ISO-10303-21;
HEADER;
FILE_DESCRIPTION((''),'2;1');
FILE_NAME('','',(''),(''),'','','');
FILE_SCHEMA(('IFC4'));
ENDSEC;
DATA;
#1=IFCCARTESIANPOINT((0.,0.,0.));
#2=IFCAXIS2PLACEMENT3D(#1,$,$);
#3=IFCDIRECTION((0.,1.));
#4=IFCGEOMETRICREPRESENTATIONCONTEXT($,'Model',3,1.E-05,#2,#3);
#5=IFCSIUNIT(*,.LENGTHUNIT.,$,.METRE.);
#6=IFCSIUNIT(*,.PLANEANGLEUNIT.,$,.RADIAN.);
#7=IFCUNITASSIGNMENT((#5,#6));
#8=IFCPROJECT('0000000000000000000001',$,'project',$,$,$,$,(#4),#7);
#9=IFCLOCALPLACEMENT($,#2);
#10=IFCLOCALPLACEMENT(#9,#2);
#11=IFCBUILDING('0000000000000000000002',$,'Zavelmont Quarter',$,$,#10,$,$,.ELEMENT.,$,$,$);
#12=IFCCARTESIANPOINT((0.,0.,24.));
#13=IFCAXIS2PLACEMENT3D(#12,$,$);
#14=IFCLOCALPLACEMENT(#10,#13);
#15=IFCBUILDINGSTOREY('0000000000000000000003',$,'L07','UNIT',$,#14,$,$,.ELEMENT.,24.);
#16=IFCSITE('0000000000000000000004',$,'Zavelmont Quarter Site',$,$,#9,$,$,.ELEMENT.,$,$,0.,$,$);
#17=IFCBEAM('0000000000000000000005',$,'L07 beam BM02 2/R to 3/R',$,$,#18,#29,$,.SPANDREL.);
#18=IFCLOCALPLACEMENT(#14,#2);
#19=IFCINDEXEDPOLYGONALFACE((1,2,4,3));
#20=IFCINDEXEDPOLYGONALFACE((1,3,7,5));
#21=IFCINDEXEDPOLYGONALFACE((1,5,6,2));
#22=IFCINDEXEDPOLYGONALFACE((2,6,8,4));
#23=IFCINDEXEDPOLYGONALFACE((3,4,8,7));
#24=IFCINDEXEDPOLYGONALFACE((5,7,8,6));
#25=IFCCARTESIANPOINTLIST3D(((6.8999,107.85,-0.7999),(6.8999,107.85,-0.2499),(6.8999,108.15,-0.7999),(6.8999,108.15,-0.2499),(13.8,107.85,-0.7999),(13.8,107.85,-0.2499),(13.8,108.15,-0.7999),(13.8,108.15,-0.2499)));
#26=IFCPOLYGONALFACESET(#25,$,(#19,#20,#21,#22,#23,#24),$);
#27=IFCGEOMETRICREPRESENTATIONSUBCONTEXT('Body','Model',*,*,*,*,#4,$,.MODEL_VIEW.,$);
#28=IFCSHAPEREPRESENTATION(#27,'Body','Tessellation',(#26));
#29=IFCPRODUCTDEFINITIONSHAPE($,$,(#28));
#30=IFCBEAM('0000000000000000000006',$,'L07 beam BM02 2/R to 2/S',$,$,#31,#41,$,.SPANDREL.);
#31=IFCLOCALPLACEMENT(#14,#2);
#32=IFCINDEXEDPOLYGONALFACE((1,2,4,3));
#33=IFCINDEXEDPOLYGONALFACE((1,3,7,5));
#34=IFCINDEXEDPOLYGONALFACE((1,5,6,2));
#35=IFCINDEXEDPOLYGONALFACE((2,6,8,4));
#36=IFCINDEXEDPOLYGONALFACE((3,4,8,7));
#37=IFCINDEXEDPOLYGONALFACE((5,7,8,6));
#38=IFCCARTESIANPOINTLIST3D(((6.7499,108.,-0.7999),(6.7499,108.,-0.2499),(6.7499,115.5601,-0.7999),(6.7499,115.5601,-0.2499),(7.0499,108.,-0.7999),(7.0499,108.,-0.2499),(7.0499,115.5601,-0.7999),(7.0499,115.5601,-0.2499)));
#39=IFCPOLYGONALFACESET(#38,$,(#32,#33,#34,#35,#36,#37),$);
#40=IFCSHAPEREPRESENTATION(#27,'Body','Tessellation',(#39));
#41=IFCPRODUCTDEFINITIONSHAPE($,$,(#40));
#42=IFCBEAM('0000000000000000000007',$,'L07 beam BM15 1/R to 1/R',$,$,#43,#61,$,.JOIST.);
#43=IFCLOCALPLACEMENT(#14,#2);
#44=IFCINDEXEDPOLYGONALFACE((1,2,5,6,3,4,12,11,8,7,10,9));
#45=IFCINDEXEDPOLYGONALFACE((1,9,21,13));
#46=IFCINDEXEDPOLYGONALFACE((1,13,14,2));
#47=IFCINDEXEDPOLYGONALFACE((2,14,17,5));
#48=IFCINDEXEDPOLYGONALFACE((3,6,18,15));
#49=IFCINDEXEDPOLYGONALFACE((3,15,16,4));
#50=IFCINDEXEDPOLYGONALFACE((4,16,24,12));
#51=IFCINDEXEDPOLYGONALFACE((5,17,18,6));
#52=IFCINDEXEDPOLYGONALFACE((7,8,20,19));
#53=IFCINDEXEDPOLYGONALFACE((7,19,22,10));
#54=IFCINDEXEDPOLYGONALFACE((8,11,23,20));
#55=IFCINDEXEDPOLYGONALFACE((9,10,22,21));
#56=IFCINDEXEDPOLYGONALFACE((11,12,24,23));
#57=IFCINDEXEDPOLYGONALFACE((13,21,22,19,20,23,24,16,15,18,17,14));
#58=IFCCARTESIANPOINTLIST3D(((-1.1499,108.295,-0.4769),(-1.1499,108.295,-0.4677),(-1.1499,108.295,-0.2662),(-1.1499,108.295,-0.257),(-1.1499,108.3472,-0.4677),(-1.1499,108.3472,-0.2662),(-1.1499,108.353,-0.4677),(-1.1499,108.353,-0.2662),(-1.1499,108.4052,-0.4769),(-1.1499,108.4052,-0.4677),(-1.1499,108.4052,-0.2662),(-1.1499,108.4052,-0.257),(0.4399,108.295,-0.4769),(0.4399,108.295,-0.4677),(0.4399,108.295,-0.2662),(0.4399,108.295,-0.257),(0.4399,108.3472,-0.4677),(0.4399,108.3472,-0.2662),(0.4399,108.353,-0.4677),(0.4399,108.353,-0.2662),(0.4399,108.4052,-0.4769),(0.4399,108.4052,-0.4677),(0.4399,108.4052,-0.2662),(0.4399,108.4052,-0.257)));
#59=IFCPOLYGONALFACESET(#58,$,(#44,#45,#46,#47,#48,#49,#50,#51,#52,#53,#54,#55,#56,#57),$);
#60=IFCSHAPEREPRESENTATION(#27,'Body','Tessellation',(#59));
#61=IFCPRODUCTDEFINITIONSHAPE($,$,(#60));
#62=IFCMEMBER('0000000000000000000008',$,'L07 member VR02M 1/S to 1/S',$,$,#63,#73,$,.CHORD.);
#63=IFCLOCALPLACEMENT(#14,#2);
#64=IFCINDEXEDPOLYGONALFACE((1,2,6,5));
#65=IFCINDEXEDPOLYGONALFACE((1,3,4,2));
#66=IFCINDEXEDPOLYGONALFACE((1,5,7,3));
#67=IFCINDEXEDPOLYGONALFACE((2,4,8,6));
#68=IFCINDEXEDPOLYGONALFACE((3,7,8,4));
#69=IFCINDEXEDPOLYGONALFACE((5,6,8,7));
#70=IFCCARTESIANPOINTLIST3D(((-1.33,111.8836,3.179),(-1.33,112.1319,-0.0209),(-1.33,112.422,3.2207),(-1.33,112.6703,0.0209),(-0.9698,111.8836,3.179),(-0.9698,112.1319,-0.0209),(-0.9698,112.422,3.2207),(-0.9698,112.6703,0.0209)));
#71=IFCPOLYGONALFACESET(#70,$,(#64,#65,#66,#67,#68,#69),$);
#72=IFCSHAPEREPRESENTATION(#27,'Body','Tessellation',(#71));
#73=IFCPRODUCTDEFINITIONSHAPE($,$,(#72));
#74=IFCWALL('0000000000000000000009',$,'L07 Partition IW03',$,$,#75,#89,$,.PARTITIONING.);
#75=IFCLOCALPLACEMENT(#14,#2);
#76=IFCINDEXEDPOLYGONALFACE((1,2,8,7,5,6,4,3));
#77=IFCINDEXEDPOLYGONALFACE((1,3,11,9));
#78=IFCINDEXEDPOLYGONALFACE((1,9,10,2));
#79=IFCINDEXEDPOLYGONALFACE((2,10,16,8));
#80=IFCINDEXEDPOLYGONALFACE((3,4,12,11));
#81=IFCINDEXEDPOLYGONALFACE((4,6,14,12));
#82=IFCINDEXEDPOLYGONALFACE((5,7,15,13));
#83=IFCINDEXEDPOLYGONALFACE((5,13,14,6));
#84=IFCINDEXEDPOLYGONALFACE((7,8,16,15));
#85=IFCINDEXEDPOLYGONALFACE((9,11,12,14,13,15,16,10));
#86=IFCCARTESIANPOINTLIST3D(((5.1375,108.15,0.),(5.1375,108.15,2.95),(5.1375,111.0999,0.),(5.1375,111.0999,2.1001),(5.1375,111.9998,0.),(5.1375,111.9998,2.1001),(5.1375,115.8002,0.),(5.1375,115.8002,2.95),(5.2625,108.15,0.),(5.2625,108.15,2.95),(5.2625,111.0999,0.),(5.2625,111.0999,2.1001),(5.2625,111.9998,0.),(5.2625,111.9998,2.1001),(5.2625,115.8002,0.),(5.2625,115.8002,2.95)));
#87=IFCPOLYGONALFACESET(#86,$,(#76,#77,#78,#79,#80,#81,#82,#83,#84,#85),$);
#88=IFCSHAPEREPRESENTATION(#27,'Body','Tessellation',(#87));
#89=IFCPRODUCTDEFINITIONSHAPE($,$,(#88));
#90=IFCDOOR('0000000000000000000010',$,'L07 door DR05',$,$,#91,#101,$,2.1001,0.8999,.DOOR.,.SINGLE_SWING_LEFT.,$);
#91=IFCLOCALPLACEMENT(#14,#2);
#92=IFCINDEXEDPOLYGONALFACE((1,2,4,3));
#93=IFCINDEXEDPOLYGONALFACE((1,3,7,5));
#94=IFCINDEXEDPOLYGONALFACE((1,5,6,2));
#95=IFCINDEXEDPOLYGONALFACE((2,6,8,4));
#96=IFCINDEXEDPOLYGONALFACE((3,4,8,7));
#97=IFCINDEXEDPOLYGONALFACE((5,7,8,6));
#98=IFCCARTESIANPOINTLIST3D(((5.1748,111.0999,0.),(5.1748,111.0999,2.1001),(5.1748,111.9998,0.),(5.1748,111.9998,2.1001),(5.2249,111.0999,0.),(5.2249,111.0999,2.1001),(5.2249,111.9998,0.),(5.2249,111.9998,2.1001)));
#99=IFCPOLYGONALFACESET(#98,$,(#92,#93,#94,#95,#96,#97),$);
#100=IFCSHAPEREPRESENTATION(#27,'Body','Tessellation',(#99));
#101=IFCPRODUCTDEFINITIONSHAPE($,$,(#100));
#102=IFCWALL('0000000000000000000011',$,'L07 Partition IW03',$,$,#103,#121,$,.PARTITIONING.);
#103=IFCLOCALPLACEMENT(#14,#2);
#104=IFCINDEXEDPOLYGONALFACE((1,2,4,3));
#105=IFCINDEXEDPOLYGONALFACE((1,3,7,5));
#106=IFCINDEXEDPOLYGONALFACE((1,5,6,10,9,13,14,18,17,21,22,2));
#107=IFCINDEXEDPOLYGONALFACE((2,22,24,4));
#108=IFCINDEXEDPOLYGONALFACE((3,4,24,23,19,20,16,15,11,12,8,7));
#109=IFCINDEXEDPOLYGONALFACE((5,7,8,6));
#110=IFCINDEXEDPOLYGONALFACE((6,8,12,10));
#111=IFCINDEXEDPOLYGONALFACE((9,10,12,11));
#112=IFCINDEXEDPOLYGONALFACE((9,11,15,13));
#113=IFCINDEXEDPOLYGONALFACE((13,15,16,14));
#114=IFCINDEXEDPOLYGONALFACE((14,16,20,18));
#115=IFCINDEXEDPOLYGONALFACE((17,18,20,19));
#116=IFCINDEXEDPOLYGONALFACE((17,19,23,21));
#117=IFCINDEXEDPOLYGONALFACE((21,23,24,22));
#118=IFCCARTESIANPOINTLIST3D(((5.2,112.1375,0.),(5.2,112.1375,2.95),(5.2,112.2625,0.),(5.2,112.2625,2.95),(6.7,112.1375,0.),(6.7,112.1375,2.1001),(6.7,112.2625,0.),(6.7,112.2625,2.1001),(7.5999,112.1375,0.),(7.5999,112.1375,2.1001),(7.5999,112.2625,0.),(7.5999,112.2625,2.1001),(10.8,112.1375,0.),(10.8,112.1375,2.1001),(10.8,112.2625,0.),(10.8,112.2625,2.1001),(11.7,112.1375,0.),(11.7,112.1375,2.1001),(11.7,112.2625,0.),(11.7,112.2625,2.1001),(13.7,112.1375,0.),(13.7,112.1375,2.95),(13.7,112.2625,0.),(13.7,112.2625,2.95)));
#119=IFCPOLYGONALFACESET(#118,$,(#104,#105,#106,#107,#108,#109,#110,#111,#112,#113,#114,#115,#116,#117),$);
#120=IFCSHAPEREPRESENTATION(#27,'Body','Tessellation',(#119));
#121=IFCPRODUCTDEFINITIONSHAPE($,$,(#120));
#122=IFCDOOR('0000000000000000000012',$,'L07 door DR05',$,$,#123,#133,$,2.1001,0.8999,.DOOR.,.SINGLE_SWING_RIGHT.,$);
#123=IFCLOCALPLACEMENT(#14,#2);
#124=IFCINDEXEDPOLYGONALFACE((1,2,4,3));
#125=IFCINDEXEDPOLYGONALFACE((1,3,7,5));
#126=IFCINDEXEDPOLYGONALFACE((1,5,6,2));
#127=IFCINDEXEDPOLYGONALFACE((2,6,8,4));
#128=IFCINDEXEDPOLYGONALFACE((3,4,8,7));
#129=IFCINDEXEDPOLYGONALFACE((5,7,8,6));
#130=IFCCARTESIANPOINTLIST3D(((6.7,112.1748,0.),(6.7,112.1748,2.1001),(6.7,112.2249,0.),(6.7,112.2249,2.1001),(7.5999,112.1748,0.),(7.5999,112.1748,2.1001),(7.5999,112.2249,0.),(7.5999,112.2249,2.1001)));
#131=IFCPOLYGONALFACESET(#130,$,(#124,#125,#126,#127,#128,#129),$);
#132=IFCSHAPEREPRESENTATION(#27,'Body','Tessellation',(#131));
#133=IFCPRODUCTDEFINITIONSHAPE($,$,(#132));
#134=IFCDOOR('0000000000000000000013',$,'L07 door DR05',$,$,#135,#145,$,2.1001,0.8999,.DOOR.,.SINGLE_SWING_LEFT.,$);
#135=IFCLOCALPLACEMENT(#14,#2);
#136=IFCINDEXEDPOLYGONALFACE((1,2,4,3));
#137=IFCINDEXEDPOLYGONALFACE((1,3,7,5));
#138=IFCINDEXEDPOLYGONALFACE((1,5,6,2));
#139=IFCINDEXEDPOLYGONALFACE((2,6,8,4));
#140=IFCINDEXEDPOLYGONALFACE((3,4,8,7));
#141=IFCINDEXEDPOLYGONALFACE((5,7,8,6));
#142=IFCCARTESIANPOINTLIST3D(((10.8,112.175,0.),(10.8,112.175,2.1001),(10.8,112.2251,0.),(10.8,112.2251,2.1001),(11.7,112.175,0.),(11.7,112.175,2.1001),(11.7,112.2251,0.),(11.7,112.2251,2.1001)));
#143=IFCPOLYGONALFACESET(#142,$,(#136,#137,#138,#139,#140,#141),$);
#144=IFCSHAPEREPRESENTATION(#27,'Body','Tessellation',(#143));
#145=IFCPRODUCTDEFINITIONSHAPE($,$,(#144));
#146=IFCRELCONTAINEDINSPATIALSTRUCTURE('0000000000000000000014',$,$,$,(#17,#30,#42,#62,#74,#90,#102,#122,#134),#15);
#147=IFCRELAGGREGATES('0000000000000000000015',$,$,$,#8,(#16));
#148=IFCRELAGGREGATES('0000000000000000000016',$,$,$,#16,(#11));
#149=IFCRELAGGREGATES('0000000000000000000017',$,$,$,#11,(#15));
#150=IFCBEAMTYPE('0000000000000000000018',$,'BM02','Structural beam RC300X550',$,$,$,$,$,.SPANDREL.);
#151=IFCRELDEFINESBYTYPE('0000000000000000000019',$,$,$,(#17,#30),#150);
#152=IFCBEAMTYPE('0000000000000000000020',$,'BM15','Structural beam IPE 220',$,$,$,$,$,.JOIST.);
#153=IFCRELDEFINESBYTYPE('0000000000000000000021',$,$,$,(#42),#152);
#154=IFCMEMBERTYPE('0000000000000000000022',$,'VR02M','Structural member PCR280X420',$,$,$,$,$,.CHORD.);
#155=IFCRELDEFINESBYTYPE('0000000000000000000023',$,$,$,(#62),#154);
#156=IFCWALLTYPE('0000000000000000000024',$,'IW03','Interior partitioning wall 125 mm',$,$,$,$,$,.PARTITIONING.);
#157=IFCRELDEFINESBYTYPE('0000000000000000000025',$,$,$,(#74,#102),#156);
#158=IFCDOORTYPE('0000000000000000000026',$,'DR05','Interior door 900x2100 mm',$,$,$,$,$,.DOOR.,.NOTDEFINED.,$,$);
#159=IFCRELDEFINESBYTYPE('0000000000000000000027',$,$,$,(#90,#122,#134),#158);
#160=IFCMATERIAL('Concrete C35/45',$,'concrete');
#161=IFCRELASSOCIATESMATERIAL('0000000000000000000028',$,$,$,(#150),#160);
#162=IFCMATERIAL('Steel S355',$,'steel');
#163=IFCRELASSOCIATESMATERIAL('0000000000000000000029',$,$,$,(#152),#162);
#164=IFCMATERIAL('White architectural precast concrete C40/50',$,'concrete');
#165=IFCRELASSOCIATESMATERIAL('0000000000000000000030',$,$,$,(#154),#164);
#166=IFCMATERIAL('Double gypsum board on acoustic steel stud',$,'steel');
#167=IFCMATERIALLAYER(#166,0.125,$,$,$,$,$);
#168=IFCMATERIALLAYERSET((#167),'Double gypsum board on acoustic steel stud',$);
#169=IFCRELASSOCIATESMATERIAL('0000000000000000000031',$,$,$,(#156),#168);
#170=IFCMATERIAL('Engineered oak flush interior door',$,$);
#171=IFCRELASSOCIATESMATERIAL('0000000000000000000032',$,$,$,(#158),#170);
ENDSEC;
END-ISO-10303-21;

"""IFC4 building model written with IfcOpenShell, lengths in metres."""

from ifc_helpers import new_model, si_unit, direction, frame, frame_2d, origin, origin_with_axes, origin_2d, place, context, subcontext, project, spatial, rectangle, i_section, extrude, material, layer, layer_set, material_profile, profile_set, type_object, element, fill, save


model = new_model("IFC4")

# Units and contexts
model_context = context("Model", 3, precision=1e-05, world=origin(), true_north=direction((0.0, 1.0)))
body_context = subcontext(model_context, "Body", "Model", "MODEL_VIEW")
ifc_project = project(units=[si_unit("LENGTHUNIT", "METRE"), si_unit("PLANEANGLEUNIT", "RADIAN")], contexts=[model_context])

# Site, building, storey
site_placement = place(None, origin())
site = spatial("IfcSite", under=ifc_project, at=site_placement, Name="Zavelmont Quarter Site", CompositionType="ELEMENT", RefElevation=0.0)
building_placement = place(site_placement, origin())
building = spatial("IfcBuilding", under=site, at=building_placement, Name="Zavelmont Quarter", CompositionType="ELEMENT")
storey_placement = place(building_placement, frame((0.0, 0.0, 24.0)))
storey = spatial("IfcBuildingStorey", under=building, at=storey_placement, Name="L07", Description="UNIT", CompositionType="ELEMENT", Elevation=24.0)

# Beams
ifc_material_1 = material(Name="Concrete C35/45", Category="concrete")
ifc_material_profile_1 = material_profile(ifc_material_1, rectangle(XDim=0.3, YDim=0.55, at=origin_2d()), Name="RC300X550")
ifc_profile_set_1 = profile_set([ifc_material_profile_1], Name="Concrete C35/45")
beam_type_1 = type_object("IfcBeamType", Name="BM02", Description="Structural beam RC300X550", PredefinedType="SPANDREL", material=ifc_profile_set_1)
beam_1_placement = place(storey_placement, frame((6.8999, 108.0, -0.5249), z_axis=(1.0, 0.0, 0.0), x_axis=(0.0, 1.0, 0.0)))
element("IfcBeam", 1, at=beam_1_placement, inside=storey, type_object=beam_type_1, Name="L07 beam BM02 2/R to 3/R", PredefinedType="SPANDREL", context=body_context, shape_type="SweptSolid", body=[
    extrude(rectangle(XDim=0.3, YDim=0.55, at=origin_2d()), origin(), (0.0, 0.0, 1.0), 6.9001),
])
beam_2_placement = place(storey_placement, frame((6.8999, 108.0, -0.5249), z_axis=(0.0, 1.0, 0.0), x_axis=(-1.0, 0.0, 0.0)))
element("IfcBeam", 2, at=beam_2_placement, inside=storey, type_object=beam_type_1, Name="L07 beam BM02 2/R to 2/S", PredefinedType="SPANDREL", context=body_context, shape_type="SweptSolid", body=[
    extrude(rectangle(XDim=0.3, YDim=0.55, at=origin_2d()), origin(), (0.0, 0.0, 1.0), 7.5601),
])
ifc_material_2 = material(Name="Steel S355", Category="steel")
ifc_material_profile_2 = material_profile(ifc_material_2, i_section(OverallWidth=0.1101, OverallDepth=0.22, WebThickness=0.0059, FlangeThickness=0.0093, at=origin_2d()), Name="IPE 220")
ifc_profile_set_2 = profile_set([ifc_material_profile_2], Name="Steel S355")
beam_type_2 = type_object("IfcBeamType", Name="BM15", Description="Structural beam IPE 220", PredefinedType="JOIST", material=ifc_profile_set_2)
beam_3_placement = place(storey_placement, frame((0.4399, 108.3501, -0.3669), z_axis=(-1.0, 0.0, 0.0), x_axis=(0.0, -1.0, 0.0)))
element("IfcBeam", 3, at=beam_3_placement, inside=storey, type_object=beam_type_2, Name="L07 beam BM15 1/R to 1/R", PredefinedType="JOIST", context=body_context, shape_type="SweptSolid", body=[
    extrude(i_section(OverallWidth=0.1101, OverallDepth=0.22, WebThickness=0.0059, FlangeThickness=0.0093, at=origin_2d()), origin(), (0.0, 0.0, 1.0), 1.5898),
])

# Member
ifc_material_3 = material(Name="White architectural precast concrete C40/50", Category="concrete")
ifc_material_profile_3 = material_profile(ifc_material_3, rectangle(XDim=0.3601, YDim=0.54, at=origin_2d()), Name="PCR280X420")
ifc_profile_set_3 = profile_set([ifc_material_profile_3], Name="White architectural precast concrete C40/50")
member_type = type_object("IfcMemberType", Name="VR02M", Description="Structural member PCR280X420", PredefinedType="CHORD", material=ifc_profile_set_3)
member_placement = place(storey_placement, frame((-1.1499, 112.4011, 0.0), z_axis=(0.0, -0.07736, 0.997003), x_axis=(1.0, 0.0, 0.0)))
element("IfcMember", 4, at=member_placement, inside=storey, type_object=member_type, Name="L07 member VR02M 1/S to 1/S", PredefinedType="CHORD", context=body_context, shape_type="SweptSolid", body=[
    extrude(rectangle(XDim=0.3601, YDim=0.54, at=origin_2d()), origin(), (0.0, 0.0, 1.0), 3.2095),
])

# Wall, opening, door
ifc_material_4 = material(Name="Double gypsum board on acoustic steel stud", Category="steel")
ifc_layer_1 = layer(ifc_material_4, 0.125)
ifc_layer_set_1 = layer_set([ifc_layer_1], Name="Double gypsum board on acoustic steel stud")
wall_type_1 = type_object("IfcWallType", Name="IW03", Description="Interior partitioning wall 125 mm", PredefinedType="PARTITIONING", material=ifc_layer_set_1)
wall_1_placement = place(storey_placement, frame((5.2, 108.1499, 0.0), z_axis=(0.0, 0.0, 1.0), x_axis=(0.0, 1.0, 0.0)))
wall_1 = element("IfcWall", 5, at=wall_1_placement, inside=storey, type_object=wall_type_1, Name="L07 Partition IW03", PredefinedType="PARTITIONING", context=body_context, shape_type="SweptSolid", body=[
    extrude(rectangle(XDim=7.6501, YDim=0.125, at=frame_2d((3.8252, 0.0))), origin(), (0.0, 0.0, 1.0), 2.95),
])
opening_1_placement = place(wall_1_placement, frame((2.95, 0.0, 0.0)))
opening_1 = element("IfcOpeningElement", 6, at=opening_1_placement, cuts=wall_1, PredefinedType="OPENING", context=body_context, shape_type="SweptSolid", body=[
    extrude(rectangle(XDim=0.8999, YDim=2.1001, at=frame_2d((0.45, 1.05))), frame((0.0, 0.0745, 0.0), z_axis=(0.0, -1.0, 0.0), x_axis=(1.0, 0.0, 0.0)), (0.0, 0.0, 1.0), 0.1489),
])
ifc_material_5 = material(Name="Engineered oak flush interior door")
door_type_1 = type_object("IfcDoorType", Name="DR05", Description="Interior door 900x2100 mm", OperationType="NOTDEFINED", PredefinedType="DOOR", material=ifc_material_5)
door_1_placement = place(opening_1_placement, frame((0.8999, 0.0, 0.0), z_axis=(0.0, 0.0, 1.0), x_axis=(-1.0, 0.0, 0.0)))
door_1 = element("IfcDoor", 7, at=door_1_placement, inside=storey, type_object=door_type_1, Name="L07 door DR05", OperationType="SINGLE_SWING_LEFT", OverallHeight=2.1001, OverallWidth=0.8999, PredefinedType="DOOR", context=body_context, shape_type="SweptSolid", body=[
    extrude(rectangle(XDim=0.8999, YDim=2.1001, at=frame_2d((0.45, 1.05))), frame((0.0, 0.0249, 0.0), z_axis=(0.0, -1.0, 0.0), x_axis=(1.0, 0.0, 0.0)), (0.0, 0.0, 1.0), 0.05),
])
fill(opening_1, door_1)

# Wall, openings, doors
wall_2_placement = place(storey_placement, frame((5.2, 112.2, 0.0), z_axis=(0.0, 0.0, 1.0), x_axis=(1.0, 0.0, 0.0)))
wall_2 = element("IfcWall", 8, at=wall_2_placement, inside=storey, type_object=wall_type_1, Name="L07 Partition IW03", PredefinedType="PARTITIONING", context=body_context, shape_type="SweptSolid", body=[
    extrude(rectangle(XDim=8.5, YDim=0.125, at=frame_2d((4.25, 0.0))), origin(), (0.0, 0.0, 1.0), 2.95),
])
opening_2_placement = place(wall_2_placement, frame((1.5, 0.0, 0.0)))
opening_2 = element("IfcOpeningElement", 9, at=opening_2_placement, cuts=wall_2, PredefinedType="OPENING", context=body_context, shape_type="SweptSolid", body=[
    extrude(rectangle(XDim=0.8999, YDim=2.1001, at=frame_2d((0.45, 1.05))), frame((0.0, 0.0745, 0.0), z_axis=(0.0, -1.0, 0.0), x_axis=(1.0, 0.0, 0.0)), (0.0, 0.0, 1.0), 0.1489),
])
opening_3_placement = place(wall_2_placement, frame((5.6001, 0.0, 0.0)))
opening_3 = element("IfcOpeningElement", 10, at=opening_3_placement, cuts=wall_2, PredefinedType="OPENING", context=body_context, shape_type="SweptSolid", body=[
    extrude(rectangle(XDim=0.8999, YDim=2.1001, at=frame_2d((0.45, 1.05))), frame((0.0, 0.0745, 0.0), z_axis=(0.0, -1.0, 0.0), x_axis=(1.0, 0.0, 0.0)), (0.0, 0.0, 1.0), 0.1489),
])
door_2_placement = place(opening_2_placement, origin_with_axes())
door_2 = element("IfcDoor", 11, at=door_2_placement, inside=storey, type_object=door_type_1, Name="L07 door DR05", OperationType="SINGLE_SWING_RIGHT", OverallHeight=2.1001, OverallWidth=0.8999, PredefinedType="DOOR", context=body_context, shape_type="SweptSolid", body=[
    extrude(rectangle(XDim=0.8999, YDim=2.1001, at=frame_2d((0.45, 1.05))), frame((0.0, 0.0249, 0.0), z_axis=(0.0, -1.0, 0.0), x_axis=(1.0, 0.0, 0.0)), (0.0, 0.0, 1.0), 0.05),
])
fill(opening_2, door_2)
door_3_placement = place(opening_3_placement, frame((0.8999, 0.0, 0.0), z_axis=(0.0, 0.0, 1.0), x_axis=(-1.0, 0.0, 0.0)))
door_3 = element("IfcDoor", 12, at=door_3_placement, inside=storey, type_object=door_type_1, Name="L07 door DR05", OperationType="SINGLE_SWING_LEFT", OverallHeight=2.1001, OverallWidth=0.8999, PredefinedType="DOOR", context=body_context, shape_type="SweptSolid", body=[
    extrude(rectangle(XDim=0.8999, YDim=2.1001, at=frame_2d((0.45, 1.05))), frame((0.0, 0.0249, 0.0), z_axis=(0.0, -1.0, 0.0), x_axis=(1.0, 0.0, 0.0)), (0.0, 0.0, 1.0), 0.05),
])
fill(opening_3, door_3)

save(model, "model.ifc")
